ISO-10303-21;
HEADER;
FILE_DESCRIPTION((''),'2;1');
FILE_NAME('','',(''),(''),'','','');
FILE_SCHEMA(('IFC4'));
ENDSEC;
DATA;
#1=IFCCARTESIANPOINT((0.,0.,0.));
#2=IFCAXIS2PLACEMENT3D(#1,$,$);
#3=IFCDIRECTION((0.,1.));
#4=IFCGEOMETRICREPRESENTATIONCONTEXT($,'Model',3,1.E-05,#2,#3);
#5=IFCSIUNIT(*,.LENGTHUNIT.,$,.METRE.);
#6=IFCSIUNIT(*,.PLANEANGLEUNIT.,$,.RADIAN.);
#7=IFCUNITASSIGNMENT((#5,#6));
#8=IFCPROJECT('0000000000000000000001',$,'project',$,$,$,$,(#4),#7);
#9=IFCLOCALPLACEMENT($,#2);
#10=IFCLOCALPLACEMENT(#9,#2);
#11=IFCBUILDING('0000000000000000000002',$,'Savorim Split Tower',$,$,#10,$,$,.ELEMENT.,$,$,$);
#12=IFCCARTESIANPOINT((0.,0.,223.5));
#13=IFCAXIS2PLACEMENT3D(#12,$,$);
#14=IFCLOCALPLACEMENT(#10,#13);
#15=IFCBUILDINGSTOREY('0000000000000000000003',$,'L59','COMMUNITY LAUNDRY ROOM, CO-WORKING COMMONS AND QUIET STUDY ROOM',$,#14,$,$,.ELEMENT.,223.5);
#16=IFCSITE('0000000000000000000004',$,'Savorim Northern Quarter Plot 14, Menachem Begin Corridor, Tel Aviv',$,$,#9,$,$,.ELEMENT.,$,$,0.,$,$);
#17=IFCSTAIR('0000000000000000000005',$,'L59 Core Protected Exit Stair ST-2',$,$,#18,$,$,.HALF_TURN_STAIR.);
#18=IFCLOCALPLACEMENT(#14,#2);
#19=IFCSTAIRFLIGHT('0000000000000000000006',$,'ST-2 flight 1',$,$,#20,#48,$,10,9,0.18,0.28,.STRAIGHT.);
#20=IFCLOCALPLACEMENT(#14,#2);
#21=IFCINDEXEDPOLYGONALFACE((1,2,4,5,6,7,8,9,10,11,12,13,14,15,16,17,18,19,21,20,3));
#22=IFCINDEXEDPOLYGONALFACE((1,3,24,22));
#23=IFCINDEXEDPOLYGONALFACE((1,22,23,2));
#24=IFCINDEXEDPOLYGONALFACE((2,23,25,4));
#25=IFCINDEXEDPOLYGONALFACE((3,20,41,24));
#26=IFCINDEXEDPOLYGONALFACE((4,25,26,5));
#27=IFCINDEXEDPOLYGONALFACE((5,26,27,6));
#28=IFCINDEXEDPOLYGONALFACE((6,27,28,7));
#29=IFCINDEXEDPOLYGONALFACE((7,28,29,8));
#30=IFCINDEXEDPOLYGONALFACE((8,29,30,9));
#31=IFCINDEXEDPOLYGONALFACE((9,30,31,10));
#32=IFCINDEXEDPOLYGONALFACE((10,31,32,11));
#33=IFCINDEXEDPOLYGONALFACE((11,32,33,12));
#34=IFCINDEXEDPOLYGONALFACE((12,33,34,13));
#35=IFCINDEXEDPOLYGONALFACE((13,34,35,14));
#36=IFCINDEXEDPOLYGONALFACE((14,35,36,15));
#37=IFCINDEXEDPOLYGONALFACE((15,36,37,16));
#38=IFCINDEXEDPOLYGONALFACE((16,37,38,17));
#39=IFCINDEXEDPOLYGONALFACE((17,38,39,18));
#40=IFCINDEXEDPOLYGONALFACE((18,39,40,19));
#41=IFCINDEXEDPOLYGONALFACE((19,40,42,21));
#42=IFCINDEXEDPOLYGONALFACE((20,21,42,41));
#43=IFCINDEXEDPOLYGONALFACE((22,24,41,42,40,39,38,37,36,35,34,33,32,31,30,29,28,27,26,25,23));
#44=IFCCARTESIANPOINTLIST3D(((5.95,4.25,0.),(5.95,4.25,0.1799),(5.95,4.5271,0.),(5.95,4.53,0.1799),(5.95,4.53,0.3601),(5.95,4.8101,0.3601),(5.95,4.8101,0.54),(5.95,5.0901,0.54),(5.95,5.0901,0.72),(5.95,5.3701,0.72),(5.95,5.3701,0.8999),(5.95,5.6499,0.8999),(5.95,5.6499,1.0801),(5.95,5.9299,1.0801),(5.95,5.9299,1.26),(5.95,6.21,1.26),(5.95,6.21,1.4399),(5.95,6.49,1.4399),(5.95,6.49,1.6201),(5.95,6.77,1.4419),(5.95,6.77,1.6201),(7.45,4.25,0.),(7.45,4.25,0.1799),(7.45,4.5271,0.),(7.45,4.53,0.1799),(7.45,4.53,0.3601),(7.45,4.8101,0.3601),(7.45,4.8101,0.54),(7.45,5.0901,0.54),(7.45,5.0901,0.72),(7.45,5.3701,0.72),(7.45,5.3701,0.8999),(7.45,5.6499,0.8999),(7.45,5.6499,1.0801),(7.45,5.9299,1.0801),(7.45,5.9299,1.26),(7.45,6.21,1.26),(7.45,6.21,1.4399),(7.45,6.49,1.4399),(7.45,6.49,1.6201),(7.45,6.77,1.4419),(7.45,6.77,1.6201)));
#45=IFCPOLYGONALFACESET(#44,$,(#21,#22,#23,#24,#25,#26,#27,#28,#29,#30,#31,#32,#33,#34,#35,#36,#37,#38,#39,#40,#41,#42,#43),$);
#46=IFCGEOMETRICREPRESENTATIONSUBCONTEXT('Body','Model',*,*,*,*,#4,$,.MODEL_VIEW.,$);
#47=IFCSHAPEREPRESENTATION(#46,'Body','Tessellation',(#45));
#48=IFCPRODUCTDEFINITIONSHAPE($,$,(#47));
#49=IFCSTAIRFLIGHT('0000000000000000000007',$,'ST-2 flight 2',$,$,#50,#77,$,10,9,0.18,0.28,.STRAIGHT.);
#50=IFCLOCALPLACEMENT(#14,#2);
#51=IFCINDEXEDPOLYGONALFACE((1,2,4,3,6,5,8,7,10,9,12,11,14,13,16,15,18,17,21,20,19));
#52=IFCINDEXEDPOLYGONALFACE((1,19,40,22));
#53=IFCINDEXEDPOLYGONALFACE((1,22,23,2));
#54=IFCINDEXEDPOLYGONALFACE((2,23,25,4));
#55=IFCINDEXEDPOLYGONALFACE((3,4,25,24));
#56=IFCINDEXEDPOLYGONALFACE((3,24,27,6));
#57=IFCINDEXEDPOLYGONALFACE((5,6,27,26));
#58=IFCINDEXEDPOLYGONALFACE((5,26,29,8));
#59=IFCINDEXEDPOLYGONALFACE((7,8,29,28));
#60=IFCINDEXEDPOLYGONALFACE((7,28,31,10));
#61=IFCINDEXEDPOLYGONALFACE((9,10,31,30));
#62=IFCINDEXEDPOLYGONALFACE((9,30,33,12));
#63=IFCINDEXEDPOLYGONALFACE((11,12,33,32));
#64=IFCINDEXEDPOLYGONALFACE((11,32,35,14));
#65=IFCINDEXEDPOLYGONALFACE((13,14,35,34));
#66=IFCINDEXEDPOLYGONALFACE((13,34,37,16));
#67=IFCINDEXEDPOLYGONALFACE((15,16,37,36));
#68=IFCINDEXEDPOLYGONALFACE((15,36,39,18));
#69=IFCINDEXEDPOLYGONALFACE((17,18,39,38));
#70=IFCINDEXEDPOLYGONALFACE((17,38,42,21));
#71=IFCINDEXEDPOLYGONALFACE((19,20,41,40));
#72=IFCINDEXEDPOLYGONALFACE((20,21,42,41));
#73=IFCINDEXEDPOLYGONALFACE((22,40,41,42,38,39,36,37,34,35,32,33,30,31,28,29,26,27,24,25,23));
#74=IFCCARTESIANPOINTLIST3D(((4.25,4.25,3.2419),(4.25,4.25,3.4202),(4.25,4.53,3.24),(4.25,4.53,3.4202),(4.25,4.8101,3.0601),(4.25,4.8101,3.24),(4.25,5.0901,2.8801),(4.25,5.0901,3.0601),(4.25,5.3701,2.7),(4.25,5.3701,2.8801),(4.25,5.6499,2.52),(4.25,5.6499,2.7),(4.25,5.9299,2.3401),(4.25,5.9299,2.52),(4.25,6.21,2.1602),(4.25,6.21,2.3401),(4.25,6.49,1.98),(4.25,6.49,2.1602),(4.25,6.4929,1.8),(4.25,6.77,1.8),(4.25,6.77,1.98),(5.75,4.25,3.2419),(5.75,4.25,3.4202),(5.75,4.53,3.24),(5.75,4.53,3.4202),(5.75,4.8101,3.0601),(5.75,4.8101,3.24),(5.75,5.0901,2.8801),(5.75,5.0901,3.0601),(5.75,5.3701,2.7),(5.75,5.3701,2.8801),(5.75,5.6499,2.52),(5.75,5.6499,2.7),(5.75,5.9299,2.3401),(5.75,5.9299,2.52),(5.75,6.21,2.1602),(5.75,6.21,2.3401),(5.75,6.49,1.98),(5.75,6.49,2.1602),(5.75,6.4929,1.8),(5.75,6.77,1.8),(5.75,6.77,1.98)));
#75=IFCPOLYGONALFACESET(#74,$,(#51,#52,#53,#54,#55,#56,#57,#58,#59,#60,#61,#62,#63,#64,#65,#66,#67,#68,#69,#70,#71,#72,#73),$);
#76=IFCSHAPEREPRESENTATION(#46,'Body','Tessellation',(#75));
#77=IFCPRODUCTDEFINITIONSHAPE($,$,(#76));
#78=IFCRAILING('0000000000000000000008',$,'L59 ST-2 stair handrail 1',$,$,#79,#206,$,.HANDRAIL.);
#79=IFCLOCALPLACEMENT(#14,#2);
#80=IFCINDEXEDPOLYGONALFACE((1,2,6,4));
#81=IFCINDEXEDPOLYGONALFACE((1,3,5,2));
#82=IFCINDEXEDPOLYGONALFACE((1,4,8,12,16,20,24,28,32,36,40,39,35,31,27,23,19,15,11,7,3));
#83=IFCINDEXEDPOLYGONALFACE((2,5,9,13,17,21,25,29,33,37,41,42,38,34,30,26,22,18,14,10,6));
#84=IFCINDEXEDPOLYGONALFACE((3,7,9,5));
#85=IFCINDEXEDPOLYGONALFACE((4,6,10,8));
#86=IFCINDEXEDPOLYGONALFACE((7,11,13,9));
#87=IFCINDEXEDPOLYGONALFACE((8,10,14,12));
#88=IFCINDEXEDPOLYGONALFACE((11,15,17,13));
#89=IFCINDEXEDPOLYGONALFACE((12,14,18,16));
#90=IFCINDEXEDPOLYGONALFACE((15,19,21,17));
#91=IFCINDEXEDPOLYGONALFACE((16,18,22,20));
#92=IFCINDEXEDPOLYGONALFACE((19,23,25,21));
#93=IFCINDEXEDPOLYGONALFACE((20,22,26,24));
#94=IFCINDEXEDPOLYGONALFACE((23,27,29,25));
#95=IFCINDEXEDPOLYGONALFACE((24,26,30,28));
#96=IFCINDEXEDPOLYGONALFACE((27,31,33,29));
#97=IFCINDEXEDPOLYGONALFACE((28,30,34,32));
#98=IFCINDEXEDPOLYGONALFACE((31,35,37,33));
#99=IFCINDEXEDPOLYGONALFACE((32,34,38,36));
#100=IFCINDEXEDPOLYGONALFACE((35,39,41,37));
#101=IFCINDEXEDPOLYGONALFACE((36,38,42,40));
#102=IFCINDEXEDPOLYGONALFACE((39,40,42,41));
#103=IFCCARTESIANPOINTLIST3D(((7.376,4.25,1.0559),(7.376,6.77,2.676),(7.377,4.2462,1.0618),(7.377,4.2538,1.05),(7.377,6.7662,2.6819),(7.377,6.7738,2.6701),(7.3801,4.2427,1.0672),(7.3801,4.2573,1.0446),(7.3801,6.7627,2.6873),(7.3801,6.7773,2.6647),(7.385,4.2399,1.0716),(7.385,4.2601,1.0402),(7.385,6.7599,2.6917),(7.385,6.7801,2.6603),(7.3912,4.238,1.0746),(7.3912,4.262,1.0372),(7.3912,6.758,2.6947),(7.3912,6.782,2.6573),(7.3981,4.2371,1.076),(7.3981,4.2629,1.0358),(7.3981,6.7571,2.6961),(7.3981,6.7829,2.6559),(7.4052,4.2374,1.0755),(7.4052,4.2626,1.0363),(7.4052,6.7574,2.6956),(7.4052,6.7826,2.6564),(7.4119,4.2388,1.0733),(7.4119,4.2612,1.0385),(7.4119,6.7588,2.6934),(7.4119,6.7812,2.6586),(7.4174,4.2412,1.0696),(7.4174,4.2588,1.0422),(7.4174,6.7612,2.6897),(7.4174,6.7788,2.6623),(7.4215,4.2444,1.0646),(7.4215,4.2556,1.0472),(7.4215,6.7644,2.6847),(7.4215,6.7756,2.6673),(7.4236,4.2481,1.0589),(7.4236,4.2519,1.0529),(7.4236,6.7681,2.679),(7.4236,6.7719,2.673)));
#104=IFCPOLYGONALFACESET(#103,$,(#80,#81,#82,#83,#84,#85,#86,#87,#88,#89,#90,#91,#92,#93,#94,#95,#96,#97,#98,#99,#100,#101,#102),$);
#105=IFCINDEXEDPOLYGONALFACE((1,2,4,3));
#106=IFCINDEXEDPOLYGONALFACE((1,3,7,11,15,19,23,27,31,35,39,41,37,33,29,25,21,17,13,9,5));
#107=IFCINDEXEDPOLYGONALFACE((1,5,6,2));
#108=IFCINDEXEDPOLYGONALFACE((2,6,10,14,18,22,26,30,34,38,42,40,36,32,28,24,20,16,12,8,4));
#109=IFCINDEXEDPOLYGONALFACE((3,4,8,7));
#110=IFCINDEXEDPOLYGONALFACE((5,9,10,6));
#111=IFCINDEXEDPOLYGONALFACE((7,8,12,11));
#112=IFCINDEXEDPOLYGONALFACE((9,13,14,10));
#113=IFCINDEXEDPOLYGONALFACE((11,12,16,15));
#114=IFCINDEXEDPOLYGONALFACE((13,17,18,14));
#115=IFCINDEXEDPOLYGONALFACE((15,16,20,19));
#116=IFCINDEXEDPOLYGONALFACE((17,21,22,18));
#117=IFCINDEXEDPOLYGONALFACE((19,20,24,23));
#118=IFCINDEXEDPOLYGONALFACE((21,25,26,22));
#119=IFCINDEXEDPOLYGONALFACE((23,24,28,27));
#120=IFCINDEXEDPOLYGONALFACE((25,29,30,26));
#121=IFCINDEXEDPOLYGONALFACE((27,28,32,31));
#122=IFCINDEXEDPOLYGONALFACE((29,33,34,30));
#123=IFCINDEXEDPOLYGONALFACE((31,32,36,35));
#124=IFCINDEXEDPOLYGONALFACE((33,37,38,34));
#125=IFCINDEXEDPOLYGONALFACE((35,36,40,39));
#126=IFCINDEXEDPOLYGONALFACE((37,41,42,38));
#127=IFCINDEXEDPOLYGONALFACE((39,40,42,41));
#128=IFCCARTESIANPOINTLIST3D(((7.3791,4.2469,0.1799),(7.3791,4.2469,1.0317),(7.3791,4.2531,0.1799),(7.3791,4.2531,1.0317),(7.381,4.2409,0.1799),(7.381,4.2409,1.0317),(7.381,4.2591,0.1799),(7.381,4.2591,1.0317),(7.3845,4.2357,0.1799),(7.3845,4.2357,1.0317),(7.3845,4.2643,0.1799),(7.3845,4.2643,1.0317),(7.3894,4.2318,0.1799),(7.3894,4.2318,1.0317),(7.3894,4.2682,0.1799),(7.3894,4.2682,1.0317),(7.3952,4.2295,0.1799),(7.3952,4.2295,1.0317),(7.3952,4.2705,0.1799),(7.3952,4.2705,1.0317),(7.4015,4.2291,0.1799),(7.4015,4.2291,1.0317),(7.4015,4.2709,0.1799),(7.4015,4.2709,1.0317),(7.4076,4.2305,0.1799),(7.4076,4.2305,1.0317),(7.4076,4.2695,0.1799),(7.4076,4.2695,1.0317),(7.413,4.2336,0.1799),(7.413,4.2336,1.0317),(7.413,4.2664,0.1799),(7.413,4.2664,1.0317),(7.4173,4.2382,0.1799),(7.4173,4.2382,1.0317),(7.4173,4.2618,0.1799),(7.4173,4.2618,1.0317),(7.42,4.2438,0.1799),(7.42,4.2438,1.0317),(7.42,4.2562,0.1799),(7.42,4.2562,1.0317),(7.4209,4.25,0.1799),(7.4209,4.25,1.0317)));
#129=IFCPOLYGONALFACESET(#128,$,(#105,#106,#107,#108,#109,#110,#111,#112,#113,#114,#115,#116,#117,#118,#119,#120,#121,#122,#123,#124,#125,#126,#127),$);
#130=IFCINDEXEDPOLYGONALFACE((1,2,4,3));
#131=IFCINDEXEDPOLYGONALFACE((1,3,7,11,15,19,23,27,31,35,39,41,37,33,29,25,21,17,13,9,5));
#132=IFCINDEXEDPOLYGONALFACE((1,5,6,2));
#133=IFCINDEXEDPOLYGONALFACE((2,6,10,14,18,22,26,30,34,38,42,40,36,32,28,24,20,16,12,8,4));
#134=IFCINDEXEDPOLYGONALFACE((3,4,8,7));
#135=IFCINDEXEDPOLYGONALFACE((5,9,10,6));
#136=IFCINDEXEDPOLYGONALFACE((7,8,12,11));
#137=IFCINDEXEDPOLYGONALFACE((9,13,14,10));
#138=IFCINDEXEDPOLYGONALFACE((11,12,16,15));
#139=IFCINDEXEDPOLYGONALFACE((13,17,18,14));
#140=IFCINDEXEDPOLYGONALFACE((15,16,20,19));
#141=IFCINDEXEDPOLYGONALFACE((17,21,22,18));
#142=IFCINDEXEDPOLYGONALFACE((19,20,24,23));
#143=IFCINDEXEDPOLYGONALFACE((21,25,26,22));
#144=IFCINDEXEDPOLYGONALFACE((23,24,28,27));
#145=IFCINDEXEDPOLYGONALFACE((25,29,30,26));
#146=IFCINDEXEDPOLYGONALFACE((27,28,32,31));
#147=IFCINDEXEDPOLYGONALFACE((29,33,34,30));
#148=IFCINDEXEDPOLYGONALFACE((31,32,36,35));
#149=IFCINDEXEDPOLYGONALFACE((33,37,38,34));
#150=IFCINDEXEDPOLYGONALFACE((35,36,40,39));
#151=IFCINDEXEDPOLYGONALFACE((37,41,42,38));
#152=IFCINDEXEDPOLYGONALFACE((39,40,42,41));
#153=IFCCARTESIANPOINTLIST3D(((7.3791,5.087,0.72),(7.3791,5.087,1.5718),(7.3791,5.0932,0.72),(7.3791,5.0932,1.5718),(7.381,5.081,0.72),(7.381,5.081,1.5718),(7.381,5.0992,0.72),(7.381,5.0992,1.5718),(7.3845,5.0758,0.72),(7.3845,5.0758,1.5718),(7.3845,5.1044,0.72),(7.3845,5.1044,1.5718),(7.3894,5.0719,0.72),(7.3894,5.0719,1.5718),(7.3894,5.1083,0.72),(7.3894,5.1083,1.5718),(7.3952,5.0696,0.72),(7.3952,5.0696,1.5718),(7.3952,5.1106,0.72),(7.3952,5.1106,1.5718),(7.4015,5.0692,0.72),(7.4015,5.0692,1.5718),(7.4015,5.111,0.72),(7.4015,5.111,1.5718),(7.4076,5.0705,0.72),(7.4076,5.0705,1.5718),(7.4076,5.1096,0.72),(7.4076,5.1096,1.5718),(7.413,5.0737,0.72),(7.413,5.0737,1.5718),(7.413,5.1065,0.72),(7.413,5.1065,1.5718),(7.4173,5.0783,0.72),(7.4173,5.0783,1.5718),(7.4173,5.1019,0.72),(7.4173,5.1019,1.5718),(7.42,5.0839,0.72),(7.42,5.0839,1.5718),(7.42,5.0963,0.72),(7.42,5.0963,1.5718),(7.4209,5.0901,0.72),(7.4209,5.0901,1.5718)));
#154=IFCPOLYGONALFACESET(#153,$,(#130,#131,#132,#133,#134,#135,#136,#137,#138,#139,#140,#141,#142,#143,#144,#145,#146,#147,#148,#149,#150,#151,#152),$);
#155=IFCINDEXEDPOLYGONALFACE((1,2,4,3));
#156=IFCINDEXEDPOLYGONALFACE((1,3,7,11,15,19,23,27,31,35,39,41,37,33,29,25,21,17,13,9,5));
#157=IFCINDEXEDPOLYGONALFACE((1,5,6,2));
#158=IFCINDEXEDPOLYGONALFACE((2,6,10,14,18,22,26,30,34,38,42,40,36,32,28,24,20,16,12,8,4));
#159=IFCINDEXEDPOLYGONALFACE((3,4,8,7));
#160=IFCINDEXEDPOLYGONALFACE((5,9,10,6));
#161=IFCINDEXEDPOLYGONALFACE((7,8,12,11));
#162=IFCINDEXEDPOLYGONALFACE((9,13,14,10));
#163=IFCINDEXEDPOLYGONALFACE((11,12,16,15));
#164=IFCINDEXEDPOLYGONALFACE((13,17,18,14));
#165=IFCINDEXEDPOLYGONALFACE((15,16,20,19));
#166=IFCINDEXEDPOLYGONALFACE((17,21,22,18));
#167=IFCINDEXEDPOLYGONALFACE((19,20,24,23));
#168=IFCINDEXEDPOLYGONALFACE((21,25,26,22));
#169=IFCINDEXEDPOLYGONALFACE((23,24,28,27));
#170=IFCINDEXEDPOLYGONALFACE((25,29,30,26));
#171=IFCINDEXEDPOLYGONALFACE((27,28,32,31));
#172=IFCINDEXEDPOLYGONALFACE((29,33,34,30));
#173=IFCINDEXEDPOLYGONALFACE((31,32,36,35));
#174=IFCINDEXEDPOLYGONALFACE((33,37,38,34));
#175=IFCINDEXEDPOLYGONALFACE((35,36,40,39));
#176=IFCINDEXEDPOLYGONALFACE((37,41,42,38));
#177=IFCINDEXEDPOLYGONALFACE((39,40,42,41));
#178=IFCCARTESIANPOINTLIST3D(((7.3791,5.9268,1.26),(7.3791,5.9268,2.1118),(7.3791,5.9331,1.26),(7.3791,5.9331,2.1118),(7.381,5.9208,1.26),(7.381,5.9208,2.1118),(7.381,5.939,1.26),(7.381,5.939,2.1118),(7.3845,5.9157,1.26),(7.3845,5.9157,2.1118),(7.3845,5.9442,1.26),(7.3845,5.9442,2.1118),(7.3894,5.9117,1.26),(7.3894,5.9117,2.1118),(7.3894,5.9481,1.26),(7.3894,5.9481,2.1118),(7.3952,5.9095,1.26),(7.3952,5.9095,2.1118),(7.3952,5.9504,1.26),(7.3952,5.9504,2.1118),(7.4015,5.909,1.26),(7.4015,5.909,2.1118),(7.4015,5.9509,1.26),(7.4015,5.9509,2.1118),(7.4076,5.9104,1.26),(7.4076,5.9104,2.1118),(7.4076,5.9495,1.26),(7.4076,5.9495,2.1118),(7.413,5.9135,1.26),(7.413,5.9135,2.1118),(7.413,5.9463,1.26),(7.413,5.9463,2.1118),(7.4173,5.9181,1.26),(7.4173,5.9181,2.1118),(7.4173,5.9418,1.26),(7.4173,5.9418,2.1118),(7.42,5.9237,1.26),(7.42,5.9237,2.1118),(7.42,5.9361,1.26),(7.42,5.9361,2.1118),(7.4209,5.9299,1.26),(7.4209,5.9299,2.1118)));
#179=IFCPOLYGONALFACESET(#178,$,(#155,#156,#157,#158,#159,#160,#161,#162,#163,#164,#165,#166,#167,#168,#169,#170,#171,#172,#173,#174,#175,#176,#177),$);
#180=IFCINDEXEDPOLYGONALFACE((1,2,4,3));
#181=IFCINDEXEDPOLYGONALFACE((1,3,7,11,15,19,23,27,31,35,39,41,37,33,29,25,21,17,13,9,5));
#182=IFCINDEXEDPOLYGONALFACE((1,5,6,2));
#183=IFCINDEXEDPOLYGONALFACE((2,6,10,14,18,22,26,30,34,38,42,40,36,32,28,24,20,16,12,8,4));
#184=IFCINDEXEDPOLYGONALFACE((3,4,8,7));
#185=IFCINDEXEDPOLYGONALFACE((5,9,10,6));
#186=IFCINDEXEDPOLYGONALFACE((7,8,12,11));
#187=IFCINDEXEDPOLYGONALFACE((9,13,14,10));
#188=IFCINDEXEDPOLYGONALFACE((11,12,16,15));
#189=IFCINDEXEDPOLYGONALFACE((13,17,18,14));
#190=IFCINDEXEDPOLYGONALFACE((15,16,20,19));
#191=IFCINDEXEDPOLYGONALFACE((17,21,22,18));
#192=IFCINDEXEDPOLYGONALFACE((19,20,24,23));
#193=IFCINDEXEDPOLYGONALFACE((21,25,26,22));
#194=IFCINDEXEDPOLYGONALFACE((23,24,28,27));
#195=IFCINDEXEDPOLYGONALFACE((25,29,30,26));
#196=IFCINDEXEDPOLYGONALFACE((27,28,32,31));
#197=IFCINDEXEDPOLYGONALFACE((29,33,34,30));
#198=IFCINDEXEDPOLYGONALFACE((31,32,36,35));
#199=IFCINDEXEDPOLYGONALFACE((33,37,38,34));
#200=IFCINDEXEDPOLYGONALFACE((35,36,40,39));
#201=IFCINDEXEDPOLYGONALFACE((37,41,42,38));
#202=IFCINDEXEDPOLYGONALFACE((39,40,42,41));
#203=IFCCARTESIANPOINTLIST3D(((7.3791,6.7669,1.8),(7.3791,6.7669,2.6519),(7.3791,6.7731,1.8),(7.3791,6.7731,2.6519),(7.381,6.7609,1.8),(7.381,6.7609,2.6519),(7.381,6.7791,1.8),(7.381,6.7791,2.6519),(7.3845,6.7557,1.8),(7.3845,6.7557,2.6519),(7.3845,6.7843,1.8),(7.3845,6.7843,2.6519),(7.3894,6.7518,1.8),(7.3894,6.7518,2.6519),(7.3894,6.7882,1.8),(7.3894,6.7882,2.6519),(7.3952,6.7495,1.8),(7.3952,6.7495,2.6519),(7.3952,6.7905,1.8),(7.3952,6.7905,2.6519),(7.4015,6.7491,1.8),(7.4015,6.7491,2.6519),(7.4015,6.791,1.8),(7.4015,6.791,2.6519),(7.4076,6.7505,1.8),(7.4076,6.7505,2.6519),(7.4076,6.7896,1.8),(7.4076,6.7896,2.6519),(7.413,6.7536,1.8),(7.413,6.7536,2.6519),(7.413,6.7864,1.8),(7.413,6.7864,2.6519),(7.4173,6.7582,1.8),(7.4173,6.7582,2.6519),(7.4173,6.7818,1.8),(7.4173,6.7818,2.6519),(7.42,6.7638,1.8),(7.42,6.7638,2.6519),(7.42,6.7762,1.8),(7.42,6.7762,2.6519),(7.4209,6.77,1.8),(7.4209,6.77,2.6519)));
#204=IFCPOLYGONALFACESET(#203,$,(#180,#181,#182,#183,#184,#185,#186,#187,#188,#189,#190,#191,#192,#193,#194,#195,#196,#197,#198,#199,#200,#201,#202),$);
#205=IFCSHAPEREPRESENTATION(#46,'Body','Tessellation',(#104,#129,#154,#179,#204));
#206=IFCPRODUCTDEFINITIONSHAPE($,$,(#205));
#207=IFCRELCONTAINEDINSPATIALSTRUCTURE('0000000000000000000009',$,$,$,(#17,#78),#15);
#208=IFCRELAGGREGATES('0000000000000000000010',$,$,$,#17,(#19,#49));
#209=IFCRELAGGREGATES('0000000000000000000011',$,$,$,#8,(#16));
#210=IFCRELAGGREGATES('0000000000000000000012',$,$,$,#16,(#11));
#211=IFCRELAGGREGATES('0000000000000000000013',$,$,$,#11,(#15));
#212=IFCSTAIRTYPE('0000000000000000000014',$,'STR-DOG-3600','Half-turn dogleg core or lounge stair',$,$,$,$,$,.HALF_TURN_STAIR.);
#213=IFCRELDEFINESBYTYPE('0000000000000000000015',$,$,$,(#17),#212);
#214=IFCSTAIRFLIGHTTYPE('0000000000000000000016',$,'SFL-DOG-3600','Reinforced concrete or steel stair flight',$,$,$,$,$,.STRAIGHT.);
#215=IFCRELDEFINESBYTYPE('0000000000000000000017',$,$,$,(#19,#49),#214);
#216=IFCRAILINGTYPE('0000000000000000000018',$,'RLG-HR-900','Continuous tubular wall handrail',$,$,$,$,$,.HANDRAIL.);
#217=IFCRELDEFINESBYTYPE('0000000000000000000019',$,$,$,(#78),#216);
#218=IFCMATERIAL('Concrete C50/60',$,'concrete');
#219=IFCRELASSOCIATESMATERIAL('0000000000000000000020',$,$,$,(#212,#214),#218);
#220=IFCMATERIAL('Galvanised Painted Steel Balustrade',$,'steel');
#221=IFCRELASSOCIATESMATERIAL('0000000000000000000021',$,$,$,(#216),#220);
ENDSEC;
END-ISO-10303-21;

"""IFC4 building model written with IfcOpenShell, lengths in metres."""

from ifc_helpers import new_model, si_unit, direction, frame, origin, origin_2d, place, context, subcontext, project, spatial, polyline, circle, outline, extrude, material, type_object, element, aggregate, save


model = new_model("IFC4")

# Units and contexts
model_context = context("Model", 3, precision=1e-05, world=origin(), true_north=direction((0.0, 1.0)))
body_context = subcontext(model_context, "Body", "Model", "MODEL_VIEW")
ifc_project = project(units=[si_unit("LENGTHUNIT", "METRE"), si_unit("PLANEANGLEUNIT", "RADIAN")], contexts=[model_context])

# Site, building, storey
site_placement = place(None, origin())
site = spatial("IfcSite", under=ifc_project, at=site_placement, Name="Savorim Northern Quarter Plot 14, Menachem Begin Corridor, Tel Aviv", CompositionType="ELEMENT", RefElevation=0.0)
building_placement = place(site_placement, origin())
building = spatial("IfcBuilding", under=site, at=building_placement, Name="Savorim Split Tower", CompositionType="ELEMENT")
storey_placement = place(building_placement, frame((0.0, 0.0, 223.5)))
storey = spatial("IfcBuildingStorey", under=building, at=storey_placement, Name="L59", Description="COMMUNITY LAUNDRY ROOM, CO-WORKING COMMONS AND QUIET STUDY ROOM", CompositionType="ELEMENT", Elevation=223.5)

# Stair, stair flights
ifc_material_1 = material(Name="Concrete C50/60", Category="concrete")
stair_type = type_object("IfcStairType", Name="STR-DOG-3600", Description="Half-turn dogleg core or lounge stair", PredefinedType="HALF_TURN_STAIR", material=ifc_material_1)
stair_placement = place(storey_placement, origin())
stair = element("IfcStair", 1, at=stair_placement, inside=storey, type_object=stair_type, Name="L59 Core Protected Exit Stair ST-2", PredefinedType="HALF_TURN_STAIR")
stair_flight_type = type_object("IfcStairFlightType", Name="SFL-DOG-3600", Description="Reinforced concrete or steel stair flight", PredefinedType="STRAIGHT", material=ifc_material_1)
stair_flight_1_placement = place(storey_placement, frame((6.7, 4.25, 0.0), z_axis=(0.0, 0.0, 1.0), x_axis=(0.0, 1.0, 0.0)))
stair_flight_1 = element("IfcStairFlight", 2, at=stair_flight_1_placement, type_object=stair_flight_type, Name="ST-2 flight 1", NumberOfRisers=10, NumberOfTreads=9, PredefinedType="STRAIGHT", RiserHeight=0.18, TreadLength=0.28, context=body_context, shape_type="SweptSolid", body=[
    extrude(outline(polyline([(0.0, 0.0), (0.0, 0.1799), (0.28, 0.1799), (0.28, 0.3601), (0.5601, 0.3601), (0.5601, 0.54), (0.8401, 0.54), (0.8401, 0.72), (1.1201, 0.72), (1.1201, 0.8999), (1.3999, 0.8999), (1.3999, 1.0801), (1.6799, 1.0801), (1.6799, 1.26), (1.96, 1.26), (1.96, 1.4399), (2.24, 1.4399), (2.24, 1.6201), (2.52, 1.6201), (2.52, 1.8), (2.52, 1.4419), (0.2771, 0.0), (0.0, 0.0)])), frame((0.0, 0.75, 0.0), z_axis=(0.0, -1.0, 0.0), x_axis=(1.0, 0.0, 0.0)), (0.0, 0.0, 1.0), 1.5),
])
stair_flight_2_placement = place(storey_placement, frame((5.0, 6.77, 1.8), z_axis=(0.0, 0.0, 1.0), x_axis=(0.0, -1.0, 0.0)))
stair_flight_2 = element("IfcStairFlight", 3, at=stair_flight_2_placement, type_object=stair_flight_type, Name="ST-2 flight 2", NumberOfRisers=10, NumberOfTreads=9, PredefinedType="STRAIGHT", RiserHeight=0.18, TreadLength=0.28, context=body_context, shape_type="SweptSolid", body=[
    extrude(outline(polyline([(0.0, 0.0), (0.0, 0.1799), (0.28, 0.1799), (0.28, 0.3601), (0.5601, 0.3601), (0.5601, 0.54), (0.8401, 0.54), (0.8401, 0.72), (1.1201, 0.72), (1.1201, 0.8999), (1.3999, 0.8999), (1.3999, 1.0801), (1.6799, 1.0801), (1.6799, 1.26), (1.96, 1.26), (1.96, 1.4399), (2.24, 1.4399), (2.24, 1.6201), (2.52, 1.6201), (2.52, 1.8), (2.52, 1.4419), (0.2771, 0.0), (0.0, 0.0)])), frame((0.0, 0.75, 0.0), z_axis=(0.0, -1.0, 0.0), x_axis=(1.0, 0.0, 0.0)), (0.0, 0.0, 1.0), 1.5),
])
aggregate(stair, [stair_flight_1, stair_flight_2])

# Railing
ifc_material_2 = material(Name="Galvanised Painted Steel Balustrade", Category="steel")
railing_type_1 = type_object("IfcRailingType", Name="RLG-HR-900", Description="Continuous tubular wall handrail", PredefinedType="HANDRAIL", material=ifc_material_2)
railing_1_placement = place(storey_placement, frame((7.3999, 4.25, 0.1799)))
element("IfcRailing", 4, at=railing_1_placement, inside=storey, type_object=railing_type_1, Name="L59 ST-2 stair handrail 1", PredefinedType="HANDRAIL", context=body_context, shape_type="SweptSolid", body=[
    extrude(circle(Radius=0.0239, at=origin_2d()), frame((0.0, 0.0, 0.876), z_axis=(0.0, 0.841163, 0.540782), x_axis=(-1.0, 0.0, 0.0)), (0.0, 0.0, 1.0), 2.9958),
    extrude(circle(Radius=0.021, at=origin_2d()), origin(), (0.0, 0.0, 1.0), 0.8518),
    extrude(circle(Radius=0.021, at=origin_2d()), frame((0.0, 0.8401, 0.54)), (0.0, 0.0, 1.0), 0.8518),
    extrude(circle(Radius=0.021, at=origin_2d()), frame((0.0, 1.6799, 1.0801)), (0.0, 0.0, 1.0), 0.8518),
    extrude(circle(Radius=0.021, at=origin_2d()), frame((0.0, 2.52, 1.6201)), (0.0, 0.0, 1.0), 0.8518),
])

save(model, "model.ifc")
